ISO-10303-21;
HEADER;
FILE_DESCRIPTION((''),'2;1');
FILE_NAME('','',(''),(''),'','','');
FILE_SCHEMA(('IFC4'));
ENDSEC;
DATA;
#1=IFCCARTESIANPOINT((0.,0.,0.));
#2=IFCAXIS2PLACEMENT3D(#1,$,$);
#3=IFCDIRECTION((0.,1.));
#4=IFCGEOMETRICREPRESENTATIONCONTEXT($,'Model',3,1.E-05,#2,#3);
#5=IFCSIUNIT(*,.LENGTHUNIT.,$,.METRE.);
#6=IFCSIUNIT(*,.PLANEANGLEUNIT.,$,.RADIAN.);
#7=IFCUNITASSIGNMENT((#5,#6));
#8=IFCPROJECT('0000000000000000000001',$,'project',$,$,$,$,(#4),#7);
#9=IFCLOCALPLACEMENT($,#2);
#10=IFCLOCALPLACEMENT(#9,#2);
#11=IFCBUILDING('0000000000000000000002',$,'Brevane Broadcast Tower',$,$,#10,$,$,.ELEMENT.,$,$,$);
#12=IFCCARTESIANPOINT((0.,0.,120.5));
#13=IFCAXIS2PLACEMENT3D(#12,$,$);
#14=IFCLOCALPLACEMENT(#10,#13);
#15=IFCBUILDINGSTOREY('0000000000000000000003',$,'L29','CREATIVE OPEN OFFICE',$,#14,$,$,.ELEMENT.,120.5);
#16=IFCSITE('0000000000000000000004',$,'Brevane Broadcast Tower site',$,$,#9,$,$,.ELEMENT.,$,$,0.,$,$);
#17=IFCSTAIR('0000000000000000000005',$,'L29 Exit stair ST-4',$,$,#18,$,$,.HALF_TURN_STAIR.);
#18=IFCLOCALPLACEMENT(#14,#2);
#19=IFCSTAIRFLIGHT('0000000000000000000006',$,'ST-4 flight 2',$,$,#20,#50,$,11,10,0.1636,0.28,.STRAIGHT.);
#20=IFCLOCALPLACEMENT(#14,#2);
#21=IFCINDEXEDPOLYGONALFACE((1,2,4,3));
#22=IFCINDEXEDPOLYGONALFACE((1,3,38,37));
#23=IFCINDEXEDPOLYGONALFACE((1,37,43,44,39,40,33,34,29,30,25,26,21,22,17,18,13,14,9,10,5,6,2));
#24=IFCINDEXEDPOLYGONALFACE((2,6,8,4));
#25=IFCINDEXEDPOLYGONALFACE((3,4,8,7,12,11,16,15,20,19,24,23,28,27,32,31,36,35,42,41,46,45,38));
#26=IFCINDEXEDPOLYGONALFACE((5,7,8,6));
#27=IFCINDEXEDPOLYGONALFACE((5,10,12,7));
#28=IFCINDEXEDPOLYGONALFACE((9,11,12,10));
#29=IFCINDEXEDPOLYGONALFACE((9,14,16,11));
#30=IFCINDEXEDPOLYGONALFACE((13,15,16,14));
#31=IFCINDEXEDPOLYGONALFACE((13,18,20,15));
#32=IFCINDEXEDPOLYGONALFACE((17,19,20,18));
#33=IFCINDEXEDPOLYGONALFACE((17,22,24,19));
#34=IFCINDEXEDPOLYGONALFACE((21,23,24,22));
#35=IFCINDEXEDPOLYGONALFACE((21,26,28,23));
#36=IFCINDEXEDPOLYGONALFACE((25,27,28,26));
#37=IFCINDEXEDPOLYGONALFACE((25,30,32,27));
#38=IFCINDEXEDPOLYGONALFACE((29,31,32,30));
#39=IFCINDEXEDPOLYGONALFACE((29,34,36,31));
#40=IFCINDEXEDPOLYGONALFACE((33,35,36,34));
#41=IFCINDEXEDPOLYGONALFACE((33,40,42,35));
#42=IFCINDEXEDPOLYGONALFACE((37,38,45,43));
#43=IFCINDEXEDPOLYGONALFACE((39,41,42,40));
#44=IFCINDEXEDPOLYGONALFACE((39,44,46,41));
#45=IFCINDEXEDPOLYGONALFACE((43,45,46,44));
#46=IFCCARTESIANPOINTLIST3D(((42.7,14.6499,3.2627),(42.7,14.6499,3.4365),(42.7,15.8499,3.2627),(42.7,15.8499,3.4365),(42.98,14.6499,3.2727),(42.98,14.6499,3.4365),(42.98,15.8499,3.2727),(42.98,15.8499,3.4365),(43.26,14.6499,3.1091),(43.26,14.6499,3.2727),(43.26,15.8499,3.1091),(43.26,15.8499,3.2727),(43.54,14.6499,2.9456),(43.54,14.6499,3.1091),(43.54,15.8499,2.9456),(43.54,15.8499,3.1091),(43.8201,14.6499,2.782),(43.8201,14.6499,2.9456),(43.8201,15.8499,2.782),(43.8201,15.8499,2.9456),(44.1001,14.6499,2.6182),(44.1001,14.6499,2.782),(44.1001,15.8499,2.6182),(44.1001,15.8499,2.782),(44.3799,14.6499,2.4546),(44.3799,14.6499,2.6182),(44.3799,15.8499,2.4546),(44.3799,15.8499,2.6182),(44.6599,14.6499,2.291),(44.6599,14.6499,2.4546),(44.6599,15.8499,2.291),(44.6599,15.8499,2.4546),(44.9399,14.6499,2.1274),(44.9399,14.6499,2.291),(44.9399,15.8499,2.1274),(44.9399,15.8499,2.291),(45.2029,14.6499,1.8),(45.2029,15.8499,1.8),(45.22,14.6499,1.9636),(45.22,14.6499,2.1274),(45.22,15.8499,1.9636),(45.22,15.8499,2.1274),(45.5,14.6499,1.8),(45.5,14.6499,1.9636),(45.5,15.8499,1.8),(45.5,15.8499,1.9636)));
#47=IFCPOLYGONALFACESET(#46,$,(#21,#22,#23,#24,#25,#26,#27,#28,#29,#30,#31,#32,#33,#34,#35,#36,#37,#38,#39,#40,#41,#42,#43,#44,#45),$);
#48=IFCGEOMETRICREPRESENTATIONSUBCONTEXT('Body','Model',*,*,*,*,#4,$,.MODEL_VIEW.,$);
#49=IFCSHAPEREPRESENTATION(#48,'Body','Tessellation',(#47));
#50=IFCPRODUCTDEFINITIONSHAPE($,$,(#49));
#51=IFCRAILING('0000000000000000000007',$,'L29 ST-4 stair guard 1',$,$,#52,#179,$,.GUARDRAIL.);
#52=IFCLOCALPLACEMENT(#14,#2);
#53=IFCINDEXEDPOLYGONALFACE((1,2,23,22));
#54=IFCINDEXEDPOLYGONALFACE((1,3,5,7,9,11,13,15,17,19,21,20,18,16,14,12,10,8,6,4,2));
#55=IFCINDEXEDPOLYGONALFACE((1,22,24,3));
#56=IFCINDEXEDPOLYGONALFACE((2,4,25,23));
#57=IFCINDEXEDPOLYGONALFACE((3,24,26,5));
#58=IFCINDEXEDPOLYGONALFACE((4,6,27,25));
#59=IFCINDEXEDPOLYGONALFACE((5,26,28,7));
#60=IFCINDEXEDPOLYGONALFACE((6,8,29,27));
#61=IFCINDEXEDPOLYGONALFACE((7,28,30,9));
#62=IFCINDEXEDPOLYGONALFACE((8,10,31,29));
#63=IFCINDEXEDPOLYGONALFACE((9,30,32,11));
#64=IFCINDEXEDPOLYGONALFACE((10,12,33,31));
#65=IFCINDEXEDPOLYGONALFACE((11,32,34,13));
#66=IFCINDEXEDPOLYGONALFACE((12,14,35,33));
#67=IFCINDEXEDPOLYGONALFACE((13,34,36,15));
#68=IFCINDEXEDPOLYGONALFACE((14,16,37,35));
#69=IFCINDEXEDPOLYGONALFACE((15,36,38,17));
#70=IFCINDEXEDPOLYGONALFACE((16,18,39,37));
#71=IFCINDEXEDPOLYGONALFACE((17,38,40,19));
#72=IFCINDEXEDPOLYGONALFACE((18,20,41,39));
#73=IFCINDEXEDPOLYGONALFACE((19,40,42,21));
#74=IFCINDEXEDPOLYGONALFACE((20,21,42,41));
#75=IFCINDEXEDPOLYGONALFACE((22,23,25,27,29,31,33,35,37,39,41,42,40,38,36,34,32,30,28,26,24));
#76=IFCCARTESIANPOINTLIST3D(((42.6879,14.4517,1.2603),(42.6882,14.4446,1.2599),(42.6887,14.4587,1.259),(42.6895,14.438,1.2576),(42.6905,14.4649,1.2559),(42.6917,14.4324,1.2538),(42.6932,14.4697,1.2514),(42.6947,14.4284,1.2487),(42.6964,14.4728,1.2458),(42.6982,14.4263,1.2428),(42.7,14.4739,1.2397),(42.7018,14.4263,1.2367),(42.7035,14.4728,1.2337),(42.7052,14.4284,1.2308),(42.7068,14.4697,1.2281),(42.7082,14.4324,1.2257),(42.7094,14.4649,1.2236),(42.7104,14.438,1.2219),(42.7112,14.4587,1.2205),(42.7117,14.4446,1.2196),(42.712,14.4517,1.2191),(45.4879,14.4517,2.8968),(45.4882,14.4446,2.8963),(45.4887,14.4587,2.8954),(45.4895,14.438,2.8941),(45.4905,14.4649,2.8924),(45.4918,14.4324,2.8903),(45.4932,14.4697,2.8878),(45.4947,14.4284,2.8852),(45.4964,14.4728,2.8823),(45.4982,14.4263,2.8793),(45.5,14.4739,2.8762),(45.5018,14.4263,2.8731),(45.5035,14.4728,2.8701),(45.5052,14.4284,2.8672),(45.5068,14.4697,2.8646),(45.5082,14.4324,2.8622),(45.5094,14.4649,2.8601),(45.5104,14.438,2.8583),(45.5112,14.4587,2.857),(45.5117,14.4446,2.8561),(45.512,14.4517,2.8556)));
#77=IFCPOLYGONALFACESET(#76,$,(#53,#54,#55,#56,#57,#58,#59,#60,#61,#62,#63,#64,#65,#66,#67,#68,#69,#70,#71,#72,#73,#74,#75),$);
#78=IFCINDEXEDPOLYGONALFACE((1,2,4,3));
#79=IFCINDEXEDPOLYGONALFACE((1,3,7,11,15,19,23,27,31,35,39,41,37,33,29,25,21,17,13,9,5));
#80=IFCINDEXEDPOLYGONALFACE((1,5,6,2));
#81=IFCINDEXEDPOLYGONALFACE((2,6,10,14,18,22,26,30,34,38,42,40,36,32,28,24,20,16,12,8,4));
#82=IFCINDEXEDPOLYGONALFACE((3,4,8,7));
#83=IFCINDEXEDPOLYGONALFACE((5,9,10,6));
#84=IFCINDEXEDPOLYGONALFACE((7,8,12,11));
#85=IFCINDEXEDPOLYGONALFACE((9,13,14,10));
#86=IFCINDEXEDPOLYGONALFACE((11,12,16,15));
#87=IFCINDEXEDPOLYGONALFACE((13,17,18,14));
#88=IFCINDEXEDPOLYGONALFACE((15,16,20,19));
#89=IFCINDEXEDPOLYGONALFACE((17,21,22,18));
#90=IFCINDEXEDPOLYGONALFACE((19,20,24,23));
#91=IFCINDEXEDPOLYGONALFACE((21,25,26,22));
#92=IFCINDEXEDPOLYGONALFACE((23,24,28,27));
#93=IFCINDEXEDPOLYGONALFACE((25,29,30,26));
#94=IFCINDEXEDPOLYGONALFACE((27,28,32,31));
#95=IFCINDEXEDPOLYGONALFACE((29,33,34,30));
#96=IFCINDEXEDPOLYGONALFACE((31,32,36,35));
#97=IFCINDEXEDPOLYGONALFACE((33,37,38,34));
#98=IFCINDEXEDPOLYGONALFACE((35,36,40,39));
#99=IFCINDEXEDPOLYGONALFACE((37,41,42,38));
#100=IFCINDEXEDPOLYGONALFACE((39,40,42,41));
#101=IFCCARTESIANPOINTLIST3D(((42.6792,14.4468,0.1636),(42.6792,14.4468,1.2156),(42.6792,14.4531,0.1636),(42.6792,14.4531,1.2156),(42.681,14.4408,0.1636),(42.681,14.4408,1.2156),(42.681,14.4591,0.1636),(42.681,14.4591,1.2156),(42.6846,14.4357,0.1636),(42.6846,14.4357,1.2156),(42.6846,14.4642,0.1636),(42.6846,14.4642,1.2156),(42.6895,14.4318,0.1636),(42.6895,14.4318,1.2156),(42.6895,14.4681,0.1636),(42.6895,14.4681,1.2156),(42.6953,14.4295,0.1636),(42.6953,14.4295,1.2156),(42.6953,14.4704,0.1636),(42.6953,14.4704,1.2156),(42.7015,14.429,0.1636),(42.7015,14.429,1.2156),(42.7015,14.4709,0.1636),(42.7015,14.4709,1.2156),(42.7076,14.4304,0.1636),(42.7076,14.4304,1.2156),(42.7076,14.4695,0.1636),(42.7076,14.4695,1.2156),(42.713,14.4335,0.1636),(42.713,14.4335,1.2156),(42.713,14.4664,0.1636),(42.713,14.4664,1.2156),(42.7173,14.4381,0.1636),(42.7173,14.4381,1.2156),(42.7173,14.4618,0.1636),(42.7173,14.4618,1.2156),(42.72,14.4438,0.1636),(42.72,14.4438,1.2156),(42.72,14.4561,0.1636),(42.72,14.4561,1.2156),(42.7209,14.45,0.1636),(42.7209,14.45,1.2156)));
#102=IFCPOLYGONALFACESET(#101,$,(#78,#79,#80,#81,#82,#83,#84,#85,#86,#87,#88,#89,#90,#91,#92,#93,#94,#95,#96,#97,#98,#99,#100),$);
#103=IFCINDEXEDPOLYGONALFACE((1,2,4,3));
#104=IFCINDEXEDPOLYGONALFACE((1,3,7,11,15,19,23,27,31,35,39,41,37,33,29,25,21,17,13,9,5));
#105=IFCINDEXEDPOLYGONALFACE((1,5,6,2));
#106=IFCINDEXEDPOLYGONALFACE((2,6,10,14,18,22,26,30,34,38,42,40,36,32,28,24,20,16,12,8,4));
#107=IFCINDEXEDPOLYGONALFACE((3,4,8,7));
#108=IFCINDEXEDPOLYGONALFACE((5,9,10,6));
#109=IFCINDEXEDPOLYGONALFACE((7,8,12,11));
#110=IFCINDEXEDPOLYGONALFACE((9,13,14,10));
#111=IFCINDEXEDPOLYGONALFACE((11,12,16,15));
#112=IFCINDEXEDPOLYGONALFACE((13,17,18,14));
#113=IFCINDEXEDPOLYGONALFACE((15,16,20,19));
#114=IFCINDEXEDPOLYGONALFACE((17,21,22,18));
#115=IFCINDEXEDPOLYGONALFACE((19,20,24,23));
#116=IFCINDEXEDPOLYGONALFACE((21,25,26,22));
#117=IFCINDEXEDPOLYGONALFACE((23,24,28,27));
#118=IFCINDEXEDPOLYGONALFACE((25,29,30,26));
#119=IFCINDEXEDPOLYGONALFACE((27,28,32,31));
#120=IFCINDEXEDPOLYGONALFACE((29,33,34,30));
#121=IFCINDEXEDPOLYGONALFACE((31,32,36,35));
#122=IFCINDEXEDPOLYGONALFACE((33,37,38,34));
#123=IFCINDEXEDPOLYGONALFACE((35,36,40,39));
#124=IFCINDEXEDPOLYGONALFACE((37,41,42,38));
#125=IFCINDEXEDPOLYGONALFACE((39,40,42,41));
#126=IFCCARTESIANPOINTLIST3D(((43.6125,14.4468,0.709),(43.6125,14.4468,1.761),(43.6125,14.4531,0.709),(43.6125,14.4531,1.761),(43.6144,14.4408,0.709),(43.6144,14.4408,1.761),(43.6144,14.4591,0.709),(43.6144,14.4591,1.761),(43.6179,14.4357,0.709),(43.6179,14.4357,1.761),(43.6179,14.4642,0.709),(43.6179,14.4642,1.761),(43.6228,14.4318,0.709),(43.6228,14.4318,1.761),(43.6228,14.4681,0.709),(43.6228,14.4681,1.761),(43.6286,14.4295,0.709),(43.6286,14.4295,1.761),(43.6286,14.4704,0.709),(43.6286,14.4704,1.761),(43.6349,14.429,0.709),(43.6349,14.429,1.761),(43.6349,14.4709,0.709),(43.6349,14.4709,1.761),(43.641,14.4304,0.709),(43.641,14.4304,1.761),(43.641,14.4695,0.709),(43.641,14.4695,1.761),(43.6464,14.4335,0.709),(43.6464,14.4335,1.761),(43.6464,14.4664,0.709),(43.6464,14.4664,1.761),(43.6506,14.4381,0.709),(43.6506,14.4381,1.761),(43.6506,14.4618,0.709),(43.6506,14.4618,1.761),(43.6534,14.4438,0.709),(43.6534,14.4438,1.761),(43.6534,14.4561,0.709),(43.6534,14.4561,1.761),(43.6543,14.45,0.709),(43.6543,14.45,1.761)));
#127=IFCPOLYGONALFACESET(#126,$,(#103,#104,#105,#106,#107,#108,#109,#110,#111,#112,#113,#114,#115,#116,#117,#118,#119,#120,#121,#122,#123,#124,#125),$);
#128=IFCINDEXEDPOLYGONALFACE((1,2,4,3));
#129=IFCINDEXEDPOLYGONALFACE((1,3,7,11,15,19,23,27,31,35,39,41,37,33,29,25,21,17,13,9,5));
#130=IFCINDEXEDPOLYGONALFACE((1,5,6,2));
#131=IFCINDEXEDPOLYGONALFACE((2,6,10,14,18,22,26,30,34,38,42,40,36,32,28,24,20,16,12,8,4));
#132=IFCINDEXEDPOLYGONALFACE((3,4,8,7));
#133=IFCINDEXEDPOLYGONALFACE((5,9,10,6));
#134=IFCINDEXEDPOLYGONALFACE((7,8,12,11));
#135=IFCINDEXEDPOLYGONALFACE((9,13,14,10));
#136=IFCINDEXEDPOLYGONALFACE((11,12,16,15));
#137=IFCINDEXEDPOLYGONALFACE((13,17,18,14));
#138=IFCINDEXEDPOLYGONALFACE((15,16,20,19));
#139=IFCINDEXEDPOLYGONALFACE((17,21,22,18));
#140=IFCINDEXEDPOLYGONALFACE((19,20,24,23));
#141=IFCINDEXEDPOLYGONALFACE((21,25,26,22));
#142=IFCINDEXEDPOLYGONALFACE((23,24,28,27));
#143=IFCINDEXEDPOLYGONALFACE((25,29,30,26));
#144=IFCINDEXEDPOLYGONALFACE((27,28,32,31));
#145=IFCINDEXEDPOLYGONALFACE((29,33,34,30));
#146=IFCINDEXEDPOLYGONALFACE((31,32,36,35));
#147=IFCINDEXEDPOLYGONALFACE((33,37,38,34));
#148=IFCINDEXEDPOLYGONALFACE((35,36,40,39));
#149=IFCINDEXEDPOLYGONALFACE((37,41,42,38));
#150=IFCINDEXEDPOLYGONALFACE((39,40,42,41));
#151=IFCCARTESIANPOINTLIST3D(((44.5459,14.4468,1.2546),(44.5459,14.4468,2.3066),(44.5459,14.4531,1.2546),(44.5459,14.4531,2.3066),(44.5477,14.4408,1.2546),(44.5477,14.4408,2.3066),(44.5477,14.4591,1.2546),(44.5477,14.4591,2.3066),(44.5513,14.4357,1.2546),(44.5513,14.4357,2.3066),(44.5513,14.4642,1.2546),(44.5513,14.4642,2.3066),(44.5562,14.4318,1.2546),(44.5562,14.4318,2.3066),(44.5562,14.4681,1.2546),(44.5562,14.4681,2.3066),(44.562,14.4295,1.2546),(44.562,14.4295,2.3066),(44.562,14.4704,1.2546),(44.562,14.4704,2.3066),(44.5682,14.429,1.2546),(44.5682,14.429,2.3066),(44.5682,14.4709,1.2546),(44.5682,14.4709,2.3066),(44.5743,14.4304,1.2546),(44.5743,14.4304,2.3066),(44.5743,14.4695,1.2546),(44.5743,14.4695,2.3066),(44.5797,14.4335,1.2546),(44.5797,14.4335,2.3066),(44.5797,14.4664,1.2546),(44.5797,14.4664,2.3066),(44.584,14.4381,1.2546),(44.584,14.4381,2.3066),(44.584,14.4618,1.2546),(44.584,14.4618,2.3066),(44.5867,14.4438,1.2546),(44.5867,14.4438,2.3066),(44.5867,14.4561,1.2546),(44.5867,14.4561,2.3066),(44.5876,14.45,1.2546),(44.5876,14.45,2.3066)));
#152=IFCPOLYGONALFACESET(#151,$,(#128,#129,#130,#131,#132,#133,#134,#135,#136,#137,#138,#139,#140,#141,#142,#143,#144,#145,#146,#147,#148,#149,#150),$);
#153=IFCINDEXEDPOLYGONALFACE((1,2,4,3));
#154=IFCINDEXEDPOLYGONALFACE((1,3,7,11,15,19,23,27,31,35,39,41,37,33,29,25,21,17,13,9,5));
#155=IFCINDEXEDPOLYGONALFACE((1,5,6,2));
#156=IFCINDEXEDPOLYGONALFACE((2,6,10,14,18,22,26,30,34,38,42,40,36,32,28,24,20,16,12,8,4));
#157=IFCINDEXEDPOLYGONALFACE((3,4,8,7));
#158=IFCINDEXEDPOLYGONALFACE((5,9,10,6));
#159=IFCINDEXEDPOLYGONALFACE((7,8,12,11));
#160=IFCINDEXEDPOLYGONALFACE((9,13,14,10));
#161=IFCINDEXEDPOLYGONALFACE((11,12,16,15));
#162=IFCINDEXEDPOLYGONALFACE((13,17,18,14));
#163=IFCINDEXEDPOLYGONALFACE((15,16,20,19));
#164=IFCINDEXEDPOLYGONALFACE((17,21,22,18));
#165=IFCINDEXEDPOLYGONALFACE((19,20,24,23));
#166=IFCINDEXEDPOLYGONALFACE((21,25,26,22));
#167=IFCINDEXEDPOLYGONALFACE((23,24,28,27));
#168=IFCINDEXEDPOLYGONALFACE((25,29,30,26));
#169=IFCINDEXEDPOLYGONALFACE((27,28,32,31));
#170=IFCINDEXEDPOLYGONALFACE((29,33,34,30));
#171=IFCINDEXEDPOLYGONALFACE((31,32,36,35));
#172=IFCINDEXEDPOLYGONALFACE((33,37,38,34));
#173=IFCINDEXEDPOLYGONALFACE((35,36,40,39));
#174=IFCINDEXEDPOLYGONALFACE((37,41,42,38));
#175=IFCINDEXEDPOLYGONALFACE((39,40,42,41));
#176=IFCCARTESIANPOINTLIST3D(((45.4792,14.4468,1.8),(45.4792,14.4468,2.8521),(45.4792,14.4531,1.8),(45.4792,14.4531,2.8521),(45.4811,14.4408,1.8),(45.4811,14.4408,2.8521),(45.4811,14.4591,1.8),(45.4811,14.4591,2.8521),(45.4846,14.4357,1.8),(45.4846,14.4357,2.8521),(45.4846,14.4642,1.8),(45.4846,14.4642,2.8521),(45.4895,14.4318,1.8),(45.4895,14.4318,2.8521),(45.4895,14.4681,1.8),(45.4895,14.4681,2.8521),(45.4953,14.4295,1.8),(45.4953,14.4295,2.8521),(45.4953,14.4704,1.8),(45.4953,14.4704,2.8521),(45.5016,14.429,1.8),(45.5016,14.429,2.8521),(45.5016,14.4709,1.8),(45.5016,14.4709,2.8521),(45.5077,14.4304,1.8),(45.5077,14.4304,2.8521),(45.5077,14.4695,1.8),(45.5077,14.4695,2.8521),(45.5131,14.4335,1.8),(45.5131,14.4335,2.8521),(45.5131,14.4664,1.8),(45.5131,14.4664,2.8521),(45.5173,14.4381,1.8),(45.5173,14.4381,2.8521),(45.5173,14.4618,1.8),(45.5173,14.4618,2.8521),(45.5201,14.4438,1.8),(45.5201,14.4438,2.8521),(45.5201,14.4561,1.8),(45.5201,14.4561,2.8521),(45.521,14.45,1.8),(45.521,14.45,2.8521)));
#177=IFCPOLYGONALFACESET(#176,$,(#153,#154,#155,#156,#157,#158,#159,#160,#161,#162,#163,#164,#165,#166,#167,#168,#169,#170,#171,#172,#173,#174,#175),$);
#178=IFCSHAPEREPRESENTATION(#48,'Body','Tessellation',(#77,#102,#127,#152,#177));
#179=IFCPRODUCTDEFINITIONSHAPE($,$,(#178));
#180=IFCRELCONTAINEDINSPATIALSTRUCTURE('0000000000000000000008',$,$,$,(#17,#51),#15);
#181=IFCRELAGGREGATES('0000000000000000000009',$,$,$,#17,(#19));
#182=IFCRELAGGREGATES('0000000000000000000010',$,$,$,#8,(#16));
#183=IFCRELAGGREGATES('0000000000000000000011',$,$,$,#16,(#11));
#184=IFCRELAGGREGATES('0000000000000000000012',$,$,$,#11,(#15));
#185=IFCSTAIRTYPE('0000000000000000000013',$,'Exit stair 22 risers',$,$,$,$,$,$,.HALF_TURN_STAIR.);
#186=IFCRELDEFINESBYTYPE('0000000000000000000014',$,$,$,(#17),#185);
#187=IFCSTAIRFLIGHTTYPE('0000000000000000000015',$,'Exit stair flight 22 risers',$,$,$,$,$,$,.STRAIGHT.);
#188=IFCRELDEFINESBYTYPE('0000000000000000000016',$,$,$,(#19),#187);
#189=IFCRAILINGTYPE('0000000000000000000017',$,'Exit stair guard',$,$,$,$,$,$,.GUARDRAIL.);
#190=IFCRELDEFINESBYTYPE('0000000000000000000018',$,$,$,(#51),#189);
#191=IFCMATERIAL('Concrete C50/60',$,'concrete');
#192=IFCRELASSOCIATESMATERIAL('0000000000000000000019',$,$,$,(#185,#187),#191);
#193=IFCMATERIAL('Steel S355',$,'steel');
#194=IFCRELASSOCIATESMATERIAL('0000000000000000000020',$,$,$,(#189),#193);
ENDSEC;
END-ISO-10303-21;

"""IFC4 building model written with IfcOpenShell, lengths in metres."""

from ifc_helpers import new_model, si_unit, direction, frame, origin, origin_2d, place, context, subcontext, project, spatial, polyline, circle, outline, extrude, material, type_object, element, aggregate, save


model = new_model("IFC4")

# Units and contexts
model_context = context("Model", 3, precision=1e-05, world=origin(), true_north=direction((0.0, 1.0)))
body_context = subcontext(model_context, "Body", "Model", "MODEL_VIEW")
ifc_project = project(units=[si_unit("LENGTHUNIT", "METRE"), si_unit("PLANEANGLEUNIT", "RADIAN")], contexts=[model_context])

# Site, building, storey
site_placement = place(None, origin())
site = spatial("IfcSite", under=ifc_project, at=site_placement, Name="Brevane Broadcast Tower site", CompositionType="ELEMENT", RefElevation=0.0)
building_placement = place(site_placement, origin())
building = spatial("IfcBuilding", under=site, at=building_placement, Name="Brevane Broadcast Tower", CompositionType="ELEMENT")
storey_placement = place(building_placement, frame((0.0, 0.0, 120.5)))
storey = spatial("IfcBuildingStorey", under=building, at=storey_placement, Name="L29", Description="CREATIVE OPEN OFFICE", CompositionType="ELEMENT", Elevation=120.5)

# Stair, stair flight
ifc_material_1 = material(Name="Concrete C50/60", Category="concrete")
stair_type = type_object("IfcStairType", Name="Exit stair 22 risers", PredefinedType="HALF_TURN_STAIR", material=ifc_material_1)
stair_placement = place(storey_placement, origin())
stair = element("IfcStair", 1, at=stair_placement, inside=storey, type_object=stair_type, Name="L29 Exit stair ST-4", PredefinedType="HALF_TURN_STAIR")
stair_flight_type = type_object("IfcStairFlightType", Name="Exit stair flight 22 risers", PredefinedType="STRAIGHT", material=ifc_material_1)
stair_flight_1_placement = place(storey_placement, frame((45.5, 15.25, 1.8), z_axis=(0.0, 0.0, 1.0), x_axis=(-1.0, 0.0, 0.0)))
stair_flight_1 = element("IfcStairFlight", 2, at=stair_flight_1_placement, type_object=stair_flight_type, Name="ST-4 flight 2", NumberOfRisers=11, NumberOfTreads=10, PredefinedType="STRAIGHT", RiserHeight=0.1636, TreadLength=0.28, context=body_context, shape_type="SweptSolid", body=[
    extrude(outline(polyline([(0.0, 0.0), (0.0, 0.1636), (0.28, 0.1636), (0.28, 0.3274), (0.5601, 0.3274), (0.5601, 0.491), (0.8401, 0.491), (0.8401, 0.6545), (1.1201, 0.6545), (1.1201, 0.8181), (1.3999, 0.8181), (1.3999, 0.9819), (1.6799, 0.9819), (1.6799, 1.1455), (1.96, 1.1455), (1.96, 1.3091), (2.24, 1.3091), (2.24, 1.4727), (2.52, 1.4727), (2.52, 1.6365), (2.8, 1.6365), (2.8, 1.8), (2.8, 1.4626), (0.2971, 0.0), (0.0, 0.0)])), frame((0.0, 0.6001, 0.0), z_axis=(0.0, -1.0, 0.0), x_axis=(1.0, 0.0, 0.0)), (0.0, 0.0, 1.0), 1.2),
])
aggregate(stair, [stair_flight_1])

# Railing
ifc_material_2 = material(Name="Steel S355", Category="steel")
railing_type_1 = type_object("IfcRailingType", Name="Exit stair guard", PredefinedType="GUARDRAIL", material=ifc_material_2)
railing_1_placement = place(storey_placement, frame((42.7, 14.45, 0.1636)))
element("IfcRailing", 3, at=railing_1_placement, inside=storey, type_object=railing_type_1, Name="L29 ST-4 stair guard 1", PredefinedType="GUARDRAIL", context=body_context, shape_type="SweptSolid", body=[
    extrude(circle(Radius=0.0239, at=origin_2d()), frame((0.0, 0.0, 1.0762), z_axis=(0.863361, 0.0, 0.504587), x_axis=(0.0, 1.0, 0.0)), (0.0, 0.0, 1.0), 3.2432),
    extrude(circle(Radius=0.021, at=origin_2d()), origin(), (0.0, 0.0, 1.0), 1.052),
    extrude(circle(Radius=0.021, at=origin_2d()), frame((0.9333, 0.0, 0.5454)), (0.0, 0.0, 1.0), 1.052),
    extrude(circle(Radius=0.021, at=origin_2d()), frame((1.8667, 0.0, 1.0911)), (0.0, 0.0, 1.0), 1.052),
    extrude(circle(Radius=0.021, at=origin_2d()), frame((2.8, 0.0, 1.6365)), (0.0, 0.0, 1.0), 1.052),
])

save(model, "model.ifc")
